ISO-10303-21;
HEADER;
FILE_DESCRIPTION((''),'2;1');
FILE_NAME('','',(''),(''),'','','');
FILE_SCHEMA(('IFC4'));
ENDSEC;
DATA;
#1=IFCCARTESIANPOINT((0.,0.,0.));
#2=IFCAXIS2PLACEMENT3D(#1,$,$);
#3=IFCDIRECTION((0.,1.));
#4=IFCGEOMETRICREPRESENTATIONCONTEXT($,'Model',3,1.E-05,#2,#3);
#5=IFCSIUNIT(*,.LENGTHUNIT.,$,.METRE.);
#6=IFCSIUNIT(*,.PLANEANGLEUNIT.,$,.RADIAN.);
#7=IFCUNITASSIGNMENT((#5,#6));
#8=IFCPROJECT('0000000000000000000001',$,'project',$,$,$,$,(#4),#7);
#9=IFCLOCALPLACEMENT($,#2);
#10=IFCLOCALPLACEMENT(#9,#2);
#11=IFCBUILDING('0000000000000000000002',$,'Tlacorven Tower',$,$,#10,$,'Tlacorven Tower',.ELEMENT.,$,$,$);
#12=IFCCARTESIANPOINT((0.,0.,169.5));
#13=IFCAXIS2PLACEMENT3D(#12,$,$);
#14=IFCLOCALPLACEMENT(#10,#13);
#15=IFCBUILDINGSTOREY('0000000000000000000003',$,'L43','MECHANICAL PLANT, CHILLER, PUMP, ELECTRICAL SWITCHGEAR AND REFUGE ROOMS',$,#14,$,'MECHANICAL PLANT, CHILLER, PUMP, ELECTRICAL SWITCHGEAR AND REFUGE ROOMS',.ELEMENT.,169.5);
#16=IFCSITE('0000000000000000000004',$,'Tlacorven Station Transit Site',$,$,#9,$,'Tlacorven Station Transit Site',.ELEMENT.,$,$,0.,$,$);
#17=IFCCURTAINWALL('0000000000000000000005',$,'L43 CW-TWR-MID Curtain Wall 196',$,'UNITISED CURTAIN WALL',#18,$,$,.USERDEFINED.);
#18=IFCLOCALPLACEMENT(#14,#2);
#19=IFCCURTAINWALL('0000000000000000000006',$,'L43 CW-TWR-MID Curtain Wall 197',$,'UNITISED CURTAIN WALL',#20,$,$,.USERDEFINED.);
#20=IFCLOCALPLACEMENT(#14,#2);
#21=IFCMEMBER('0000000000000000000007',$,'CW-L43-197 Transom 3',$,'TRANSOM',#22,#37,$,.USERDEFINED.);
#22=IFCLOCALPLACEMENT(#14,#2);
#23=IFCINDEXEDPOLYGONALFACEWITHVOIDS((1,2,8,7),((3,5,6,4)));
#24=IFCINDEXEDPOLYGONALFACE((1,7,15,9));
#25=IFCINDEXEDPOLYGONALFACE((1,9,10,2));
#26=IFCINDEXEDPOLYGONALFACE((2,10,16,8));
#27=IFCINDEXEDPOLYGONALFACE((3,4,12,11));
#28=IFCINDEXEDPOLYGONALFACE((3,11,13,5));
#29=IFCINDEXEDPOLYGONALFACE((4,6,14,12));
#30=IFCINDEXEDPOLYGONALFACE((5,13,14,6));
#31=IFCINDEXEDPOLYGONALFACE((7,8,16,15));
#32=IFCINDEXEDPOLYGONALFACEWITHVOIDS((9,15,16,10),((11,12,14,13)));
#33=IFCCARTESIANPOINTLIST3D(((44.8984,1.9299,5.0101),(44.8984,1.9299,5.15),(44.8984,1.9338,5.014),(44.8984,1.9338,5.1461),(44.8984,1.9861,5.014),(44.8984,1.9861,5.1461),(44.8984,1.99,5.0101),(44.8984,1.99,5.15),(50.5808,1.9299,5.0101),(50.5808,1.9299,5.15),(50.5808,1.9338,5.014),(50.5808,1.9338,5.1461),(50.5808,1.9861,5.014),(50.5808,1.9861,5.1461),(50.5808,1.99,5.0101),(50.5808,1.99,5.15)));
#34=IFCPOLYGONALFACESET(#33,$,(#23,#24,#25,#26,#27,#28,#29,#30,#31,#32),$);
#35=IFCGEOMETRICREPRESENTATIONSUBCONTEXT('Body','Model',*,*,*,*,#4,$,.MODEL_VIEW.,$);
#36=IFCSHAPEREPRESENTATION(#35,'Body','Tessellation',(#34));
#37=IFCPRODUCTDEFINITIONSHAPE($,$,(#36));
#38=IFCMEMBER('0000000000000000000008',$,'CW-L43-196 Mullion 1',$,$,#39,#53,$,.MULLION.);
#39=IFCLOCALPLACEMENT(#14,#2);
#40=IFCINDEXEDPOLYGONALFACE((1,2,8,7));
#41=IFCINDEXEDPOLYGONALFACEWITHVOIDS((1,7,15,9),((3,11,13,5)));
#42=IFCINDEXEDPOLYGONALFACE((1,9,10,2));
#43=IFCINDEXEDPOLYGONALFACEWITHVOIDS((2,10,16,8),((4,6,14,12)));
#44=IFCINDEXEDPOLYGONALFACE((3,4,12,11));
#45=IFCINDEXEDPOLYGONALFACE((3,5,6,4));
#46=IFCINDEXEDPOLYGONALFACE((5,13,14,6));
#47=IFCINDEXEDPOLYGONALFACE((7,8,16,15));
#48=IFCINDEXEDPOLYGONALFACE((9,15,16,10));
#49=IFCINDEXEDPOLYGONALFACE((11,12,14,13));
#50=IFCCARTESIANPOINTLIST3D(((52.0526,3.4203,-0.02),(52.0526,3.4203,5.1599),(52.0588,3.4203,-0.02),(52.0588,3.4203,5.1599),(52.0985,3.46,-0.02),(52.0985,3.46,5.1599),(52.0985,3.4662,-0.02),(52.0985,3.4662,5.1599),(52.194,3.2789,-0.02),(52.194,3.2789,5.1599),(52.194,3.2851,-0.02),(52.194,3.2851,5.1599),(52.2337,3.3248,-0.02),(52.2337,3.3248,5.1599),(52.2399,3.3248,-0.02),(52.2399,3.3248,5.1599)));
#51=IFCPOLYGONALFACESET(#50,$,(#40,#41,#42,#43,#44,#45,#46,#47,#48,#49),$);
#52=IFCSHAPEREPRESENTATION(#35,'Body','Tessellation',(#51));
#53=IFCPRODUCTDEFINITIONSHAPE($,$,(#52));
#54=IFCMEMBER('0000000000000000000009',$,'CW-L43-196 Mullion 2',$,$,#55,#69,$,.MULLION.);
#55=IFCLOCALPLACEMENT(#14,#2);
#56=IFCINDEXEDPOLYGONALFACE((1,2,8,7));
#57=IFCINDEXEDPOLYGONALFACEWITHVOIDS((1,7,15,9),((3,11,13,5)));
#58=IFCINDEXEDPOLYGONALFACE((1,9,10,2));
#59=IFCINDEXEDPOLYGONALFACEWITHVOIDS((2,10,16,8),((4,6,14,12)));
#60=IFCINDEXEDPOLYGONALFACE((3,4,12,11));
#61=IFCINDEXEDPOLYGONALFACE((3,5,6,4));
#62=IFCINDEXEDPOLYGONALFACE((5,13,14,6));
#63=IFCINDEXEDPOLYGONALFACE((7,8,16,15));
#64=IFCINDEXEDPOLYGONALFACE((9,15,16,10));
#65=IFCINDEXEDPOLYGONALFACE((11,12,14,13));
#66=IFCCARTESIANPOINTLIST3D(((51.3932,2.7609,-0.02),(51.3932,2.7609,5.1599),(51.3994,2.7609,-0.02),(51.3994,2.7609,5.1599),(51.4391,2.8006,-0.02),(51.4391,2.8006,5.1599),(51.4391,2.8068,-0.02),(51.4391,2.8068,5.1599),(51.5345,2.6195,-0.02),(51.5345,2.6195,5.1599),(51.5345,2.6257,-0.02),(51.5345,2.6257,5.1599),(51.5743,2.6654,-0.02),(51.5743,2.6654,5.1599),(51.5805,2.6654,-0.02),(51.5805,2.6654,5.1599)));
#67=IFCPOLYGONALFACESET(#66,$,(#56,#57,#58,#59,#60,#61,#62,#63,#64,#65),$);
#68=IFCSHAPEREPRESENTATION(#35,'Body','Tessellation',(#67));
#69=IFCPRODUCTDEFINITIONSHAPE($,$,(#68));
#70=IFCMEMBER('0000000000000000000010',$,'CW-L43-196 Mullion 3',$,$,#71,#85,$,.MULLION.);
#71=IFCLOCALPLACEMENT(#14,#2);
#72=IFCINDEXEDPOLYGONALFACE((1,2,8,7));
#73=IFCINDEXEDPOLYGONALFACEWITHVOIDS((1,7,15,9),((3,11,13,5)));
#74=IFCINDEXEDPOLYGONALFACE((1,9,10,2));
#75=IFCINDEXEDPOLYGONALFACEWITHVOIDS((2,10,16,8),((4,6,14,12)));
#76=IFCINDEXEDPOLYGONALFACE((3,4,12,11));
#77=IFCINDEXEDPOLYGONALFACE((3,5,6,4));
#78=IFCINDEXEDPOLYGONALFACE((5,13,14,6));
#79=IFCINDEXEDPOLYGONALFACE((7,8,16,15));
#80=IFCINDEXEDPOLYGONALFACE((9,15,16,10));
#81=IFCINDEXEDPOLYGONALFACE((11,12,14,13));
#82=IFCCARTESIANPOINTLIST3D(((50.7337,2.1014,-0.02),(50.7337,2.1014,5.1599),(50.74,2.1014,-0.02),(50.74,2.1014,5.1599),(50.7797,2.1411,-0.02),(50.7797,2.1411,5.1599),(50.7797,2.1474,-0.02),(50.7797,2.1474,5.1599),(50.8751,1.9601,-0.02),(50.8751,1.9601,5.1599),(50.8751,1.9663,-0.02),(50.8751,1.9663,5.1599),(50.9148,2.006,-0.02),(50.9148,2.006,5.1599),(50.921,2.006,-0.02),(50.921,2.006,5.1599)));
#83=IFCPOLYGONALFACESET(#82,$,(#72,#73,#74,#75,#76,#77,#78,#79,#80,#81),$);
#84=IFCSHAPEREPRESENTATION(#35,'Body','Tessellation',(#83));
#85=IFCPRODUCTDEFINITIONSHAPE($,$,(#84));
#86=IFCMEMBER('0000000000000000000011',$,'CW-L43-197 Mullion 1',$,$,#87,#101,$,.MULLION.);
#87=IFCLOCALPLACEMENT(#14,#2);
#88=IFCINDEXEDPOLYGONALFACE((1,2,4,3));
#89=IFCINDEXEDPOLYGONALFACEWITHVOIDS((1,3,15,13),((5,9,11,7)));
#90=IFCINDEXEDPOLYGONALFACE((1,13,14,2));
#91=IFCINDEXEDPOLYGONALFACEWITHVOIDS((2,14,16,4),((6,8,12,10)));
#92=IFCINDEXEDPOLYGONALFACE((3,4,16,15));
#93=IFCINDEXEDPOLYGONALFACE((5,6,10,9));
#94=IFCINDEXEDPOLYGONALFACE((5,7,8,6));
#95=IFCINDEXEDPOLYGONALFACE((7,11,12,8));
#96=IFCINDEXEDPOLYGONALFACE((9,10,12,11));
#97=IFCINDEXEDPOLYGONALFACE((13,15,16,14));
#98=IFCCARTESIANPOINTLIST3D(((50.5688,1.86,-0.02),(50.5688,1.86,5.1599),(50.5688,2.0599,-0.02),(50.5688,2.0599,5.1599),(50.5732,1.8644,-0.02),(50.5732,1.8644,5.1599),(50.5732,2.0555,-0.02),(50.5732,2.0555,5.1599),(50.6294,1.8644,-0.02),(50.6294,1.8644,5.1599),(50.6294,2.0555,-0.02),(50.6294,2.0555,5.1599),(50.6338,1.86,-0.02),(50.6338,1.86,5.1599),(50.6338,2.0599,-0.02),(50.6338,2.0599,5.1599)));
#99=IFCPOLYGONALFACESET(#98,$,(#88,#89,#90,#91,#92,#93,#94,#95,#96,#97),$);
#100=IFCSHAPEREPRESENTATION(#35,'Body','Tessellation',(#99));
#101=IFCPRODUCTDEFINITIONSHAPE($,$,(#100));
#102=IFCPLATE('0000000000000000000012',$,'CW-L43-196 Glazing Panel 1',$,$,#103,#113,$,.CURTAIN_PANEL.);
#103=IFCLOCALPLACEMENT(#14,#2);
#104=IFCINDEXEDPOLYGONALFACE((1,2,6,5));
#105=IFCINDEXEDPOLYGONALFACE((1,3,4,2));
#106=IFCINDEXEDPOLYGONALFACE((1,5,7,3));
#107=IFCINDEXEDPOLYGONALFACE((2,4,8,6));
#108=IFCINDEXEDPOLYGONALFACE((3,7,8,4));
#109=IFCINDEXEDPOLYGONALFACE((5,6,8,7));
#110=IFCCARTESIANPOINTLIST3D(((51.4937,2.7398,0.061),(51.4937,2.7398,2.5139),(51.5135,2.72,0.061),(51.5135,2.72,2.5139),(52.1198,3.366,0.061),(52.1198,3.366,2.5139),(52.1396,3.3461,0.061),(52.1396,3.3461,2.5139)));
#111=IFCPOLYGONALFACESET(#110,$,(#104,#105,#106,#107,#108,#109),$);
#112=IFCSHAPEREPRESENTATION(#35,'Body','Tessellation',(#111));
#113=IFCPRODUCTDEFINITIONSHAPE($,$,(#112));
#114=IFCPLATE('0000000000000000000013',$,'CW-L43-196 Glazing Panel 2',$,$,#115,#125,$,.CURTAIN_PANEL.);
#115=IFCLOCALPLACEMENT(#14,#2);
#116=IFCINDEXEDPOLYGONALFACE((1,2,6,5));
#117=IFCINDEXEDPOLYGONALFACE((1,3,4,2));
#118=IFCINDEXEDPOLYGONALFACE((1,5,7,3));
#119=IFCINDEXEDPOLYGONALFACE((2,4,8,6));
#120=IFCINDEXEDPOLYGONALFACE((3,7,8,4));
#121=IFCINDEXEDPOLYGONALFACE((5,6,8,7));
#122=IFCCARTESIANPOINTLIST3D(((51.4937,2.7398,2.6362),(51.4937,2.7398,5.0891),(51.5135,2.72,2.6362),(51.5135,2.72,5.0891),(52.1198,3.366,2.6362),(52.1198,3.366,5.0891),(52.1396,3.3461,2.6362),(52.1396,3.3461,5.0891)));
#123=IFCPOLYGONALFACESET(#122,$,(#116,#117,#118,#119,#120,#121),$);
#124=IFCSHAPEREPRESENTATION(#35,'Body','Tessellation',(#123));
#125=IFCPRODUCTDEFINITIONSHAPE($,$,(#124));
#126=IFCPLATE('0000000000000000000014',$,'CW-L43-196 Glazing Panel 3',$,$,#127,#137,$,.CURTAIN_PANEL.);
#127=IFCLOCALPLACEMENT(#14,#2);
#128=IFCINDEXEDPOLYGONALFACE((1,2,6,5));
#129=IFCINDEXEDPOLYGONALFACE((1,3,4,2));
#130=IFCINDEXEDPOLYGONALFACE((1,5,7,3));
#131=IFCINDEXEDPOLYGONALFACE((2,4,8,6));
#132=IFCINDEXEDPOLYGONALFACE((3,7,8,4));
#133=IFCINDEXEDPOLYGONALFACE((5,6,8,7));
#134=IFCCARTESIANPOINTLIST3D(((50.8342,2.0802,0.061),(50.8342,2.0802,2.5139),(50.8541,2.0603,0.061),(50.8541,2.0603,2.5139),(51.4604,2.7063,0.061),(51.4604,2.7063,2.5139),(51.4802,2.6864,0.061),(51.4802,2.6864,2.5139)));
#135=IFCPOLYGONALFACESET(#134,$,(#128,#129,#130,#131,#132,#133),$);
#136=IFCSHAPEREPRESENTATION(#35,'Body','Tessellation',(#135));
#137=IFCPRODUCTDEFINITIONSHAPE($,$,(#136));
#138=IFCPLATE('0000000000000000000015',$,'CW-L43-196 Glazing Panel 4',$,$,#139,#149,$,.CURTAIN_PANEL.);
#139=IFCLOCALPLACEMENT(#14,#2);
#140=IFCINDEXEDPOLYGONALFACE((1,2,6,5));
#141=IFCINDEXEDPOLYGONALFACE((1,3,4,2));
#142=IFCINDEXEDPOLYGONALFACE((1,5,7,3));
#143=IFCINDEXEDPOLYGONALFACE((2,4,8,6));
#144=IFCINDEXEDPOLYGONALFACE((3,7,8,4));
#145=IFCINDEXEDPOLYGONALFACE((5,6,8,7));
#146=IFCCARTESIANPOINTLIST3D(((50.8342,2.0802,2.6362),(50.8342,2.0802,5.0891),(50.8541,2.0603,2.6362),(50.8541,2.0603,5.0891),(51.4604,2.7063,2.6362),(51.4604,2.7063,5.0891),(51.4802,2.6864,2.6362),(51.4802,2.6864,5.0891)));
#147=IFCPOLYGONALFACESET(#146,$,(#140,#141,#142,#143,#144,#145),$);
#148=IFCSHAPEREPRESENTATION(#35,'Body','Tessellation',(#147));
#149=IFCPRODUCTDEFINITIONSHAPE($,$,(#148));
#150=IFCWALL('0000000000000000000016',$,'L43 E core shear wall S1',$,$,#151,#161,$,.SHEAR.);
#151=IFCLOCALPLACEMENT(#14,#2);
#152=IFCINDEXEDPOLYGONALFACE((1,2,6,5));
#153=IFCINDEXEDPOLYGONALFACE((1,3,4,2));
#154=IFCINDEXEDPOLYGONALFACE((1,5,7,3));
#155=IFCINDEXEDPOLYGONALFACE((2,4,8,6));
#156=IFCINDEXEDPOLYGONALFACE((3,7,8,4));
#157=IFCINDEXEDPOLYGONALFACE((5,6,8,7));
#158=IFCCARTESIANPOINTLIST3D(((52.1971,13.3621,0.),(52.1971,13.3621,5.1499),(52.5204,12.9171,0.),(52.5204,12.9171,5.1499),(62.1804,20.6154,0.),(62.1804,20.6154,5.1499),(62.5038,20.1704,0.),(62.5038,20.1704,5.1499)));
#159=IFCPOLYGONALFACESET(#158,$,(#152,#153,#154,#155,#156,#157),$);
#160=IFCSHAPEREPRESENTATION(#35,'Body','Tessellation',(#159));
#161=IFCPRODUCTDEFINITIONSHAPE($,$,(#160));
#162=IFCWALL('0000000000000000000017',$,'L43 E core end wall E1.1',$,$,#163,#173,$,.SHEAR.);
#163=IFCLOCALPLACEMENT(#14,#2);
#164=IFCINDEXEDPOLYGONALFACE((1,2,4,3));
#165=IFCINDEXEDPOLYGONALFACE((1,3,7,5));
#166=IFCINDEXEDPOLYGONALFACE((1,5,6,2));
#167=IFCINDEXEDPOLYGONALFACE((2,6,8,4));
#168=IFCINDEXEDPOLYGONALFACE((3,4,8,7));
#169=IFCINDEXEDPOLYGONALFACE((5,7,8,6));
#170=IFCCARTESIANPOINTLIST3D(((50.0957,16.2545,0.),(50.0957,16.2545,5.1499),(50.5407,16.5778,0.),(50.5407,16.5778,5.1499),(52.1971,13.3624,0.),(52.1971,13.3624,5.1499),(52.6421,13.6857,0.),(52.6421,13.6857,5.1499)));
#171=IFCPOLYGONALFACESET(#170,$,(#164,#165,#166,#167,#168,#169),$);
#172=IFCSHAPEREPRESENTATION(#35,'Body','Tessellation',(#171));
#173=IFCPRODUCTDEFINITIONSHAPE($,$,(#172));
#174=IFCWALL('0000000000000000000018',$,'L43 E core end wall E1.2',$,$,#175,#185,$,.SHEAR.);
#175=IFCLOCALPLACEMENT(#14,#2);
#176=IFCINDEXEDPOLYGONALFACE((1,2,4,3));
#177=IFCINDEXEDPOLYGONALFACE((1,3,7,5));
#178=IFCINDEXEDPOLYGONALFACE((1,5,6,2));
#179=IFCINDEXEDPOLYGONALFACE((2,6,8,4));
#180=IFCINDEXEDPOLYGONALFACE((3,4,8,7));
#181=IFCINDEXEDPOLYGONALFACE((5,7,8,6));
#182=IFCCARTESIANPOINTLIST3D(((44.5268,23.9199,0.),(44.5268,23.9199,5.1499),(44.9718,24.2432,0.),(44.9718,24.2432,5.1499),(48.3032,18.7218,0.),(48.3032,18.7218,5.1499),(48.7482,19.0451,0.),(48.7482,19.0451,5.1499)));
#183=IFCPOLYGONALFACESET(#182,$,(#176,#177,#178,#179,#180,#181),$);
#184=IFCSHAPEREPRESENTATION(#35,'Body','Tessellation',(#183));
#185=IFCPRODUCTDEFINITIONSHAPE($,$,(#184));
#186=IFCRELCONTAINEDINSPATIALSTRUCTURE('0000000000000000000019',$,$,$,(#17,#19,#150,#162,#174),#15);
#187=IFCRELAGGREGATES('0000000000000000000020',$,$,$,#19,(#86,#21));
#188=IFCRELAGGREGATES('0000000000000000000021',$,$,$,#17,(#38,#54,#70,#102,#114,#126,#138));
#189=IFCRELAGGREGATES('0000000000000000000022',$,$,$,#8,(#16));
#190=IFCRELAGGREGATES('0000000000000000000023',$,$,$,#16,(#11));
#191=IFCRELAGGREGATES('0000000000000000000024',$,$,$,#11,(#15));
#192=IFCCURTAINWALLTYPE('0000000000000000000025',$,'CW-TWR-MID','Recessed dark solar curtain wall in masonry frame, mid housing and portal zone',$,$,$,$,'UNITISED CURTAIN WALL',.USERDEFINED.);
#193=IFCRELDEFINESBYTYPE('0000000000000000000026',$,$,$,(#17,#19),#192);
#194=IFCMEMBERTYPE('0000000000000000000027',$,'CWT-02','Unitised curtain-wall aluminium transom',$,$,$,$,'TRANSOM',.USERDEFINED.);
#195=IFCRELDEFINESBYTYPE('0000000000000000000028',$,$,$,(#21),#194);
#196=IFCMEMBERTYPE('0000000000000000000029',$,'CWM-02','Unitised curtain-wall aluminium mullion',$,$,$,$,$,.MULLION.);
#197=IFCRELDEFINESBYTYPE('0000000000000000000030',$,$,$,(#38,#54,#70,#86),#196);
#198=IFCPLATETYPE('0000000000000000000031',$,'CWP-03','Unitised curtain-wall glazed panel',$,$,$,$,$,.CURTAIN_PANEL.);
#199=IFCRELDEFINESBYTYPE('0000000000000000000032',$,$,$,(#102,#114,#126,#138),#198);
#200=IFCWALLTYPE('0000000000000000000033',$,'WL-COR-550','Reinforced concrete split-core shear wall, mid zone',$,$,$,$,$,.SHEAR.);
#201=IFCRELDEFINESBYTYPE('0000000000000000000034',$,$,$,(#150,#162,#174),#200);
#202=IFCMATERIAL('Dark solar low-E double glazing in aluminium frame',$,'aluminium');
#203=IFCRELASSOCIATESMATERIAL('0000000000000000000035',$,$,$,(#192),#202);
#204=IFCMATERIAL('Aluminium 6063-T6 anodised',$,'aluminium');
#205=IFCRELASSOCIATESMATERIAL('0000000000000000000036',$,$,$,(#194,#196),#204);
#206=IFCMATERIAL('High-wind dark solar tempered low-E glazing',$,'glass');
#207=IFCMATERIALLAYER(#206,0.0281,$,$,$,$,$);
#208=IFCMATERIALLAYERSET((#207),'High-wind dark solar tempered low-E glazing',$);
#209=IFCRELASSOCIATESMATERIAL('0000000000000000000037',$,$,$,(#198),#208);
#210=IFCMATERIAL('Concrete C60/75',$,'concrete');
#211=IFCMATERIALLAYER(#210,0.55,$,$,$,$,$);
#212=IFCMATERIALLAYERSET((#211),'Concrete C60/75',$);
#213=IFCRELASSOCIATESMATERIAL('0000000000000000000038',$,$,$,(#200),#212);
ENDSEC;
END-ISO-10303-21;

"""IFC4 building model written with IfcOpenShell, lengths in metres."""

from ifc_helpers import new_model, si_unit, direction, frame, frame_2d, origin, origin_2d, place, context, subcontext, project, spatial, rectangle, hollow_rectangle, extrude, source, transform, mapped, material, layer, layer_set, material_profile, profile_set, type_object, element, aggregate, save


model = new_model("IFC4")

# Units and contexts
model_context = context("Model", 3, precision=1e-05, world=origin(), true_north=direction((0.0, 1.0)))
body_context = subcontext(model_context, "Body", "Model", "MODEL_VIEW")
ifc_project = project(units=[si_unit("LENGTHUNIT", "METRE"), si_unit("PLANEANGLEUNIT", "RADIAN")], contexts=[model_context])

# Site, building, storey
site_placement = place(None, origin())
site = spatial("IfcSite", under=ifc_project, at=site_placement, Name="Tlacorven Station Transit Site", LongName="Tlacorven Station Transit Site", CompositionType="ELEMENT", RefElevation=0.0)
building_placement = place(site_placement, origin())
building = spatial("IfcBuilding", under=site, at=building_placement, Name="Tlacorven Tower", LongName="Tlacorven Tower", CompositionType="ELEMENT")
storey_placement = place(building_placement, frame((0.0, 0.0, 169.5)))
storey = spatial("IfcBuildingStorey", under=building, at=storey_placement, Name="L43", Description="MECHANICAL PLANT, CHILLER, PUMP, ELECTRICAL SWITCHGEAR AND REFUGE ROOMS", LongName="MECHANICAL PLANT, CHILLER, PUMP, ELECTRICAL SWITCHGEAR AND REFUGE ROOMS", CompositionType="ELEMENT", Elevation=169.5)

# Shared definitions
ifc_material_1 = material(Name="Concrete C60/75", Category="concrete")

# Curtain walls, member
ifc_material_2 = material(Name="Dark solar low-E double glazing in aluminium frame", Category="aluminium")
curtain_wall_type = type_object("IfcCurtainWallType", Name="CW-TWR-MID", Description="Recessed dark solar curtain wall in masonry frame, mid housing and portal zone", ElementType="UNITISED CURTAIN WALL", PredefinedType="USERDEFINED", material=ifc_material_2)
curtain_wall_1_placement = place(storey_placement, origin())
curtain_wall_1 = element("IfcCurtainWall", 1, at=curtain_wall_1_placement, inside=storey, type_object=curtain_wall_type, Name="L43 CW-TWR-MID Curtain Wall 196", ObjectType="UNITISED CURTAIN WALL", PredefinedType="USERDEFINED")
ifc_material_3 = material(Name="Aluminium 6063-T6 anodised", Category="aluminium")
ifc_material_profile_1 = material_profile(ifc_material_3, hollow_rectangle(XDim=0.0601, YDim=0.1399, WallThickness=0.0039, at=origin_2d()), Name="ALU TRANSOM 60X140")
ifc_profile_set_1 = profile_set([ifc_material_profile_1], Name="Aluminium 6063-T6 anodised")
member_type_1 = type_object("IfcMemberType", Name="CWT-02", Description="Unitised curtain-wall aluminium transom", ElementType="TRANSOM", PredefinedType="USERDEFINED", material=ifc_profile_set_1)
curtain_wall_2_placement = place(storey_placement, origin())
curtain_wall_2 = element("IfcCurtainWall", 2, at=curtain_wall_2_placement, inside=storey, type_object=curtain_wall_type, Name="L43 CW-TWR-MID Curtain Wall 197", ObjectType="UNITISED CURTAIN WALL", PredefinedType="USERDEFINED")
shared_shape_1 = source(origin(), body_context, "Body", "SweptSolid", [
    extrude(hollow_rectangle(XDim=0.0601, YDim=0.1399, WallThickness=0.0039, at=origin_2d()), origin(), (0.0, 0.0, 1.0), 5.6824),
])
member_1_placement = place(storey_placement, frame((50.5808, 1.96, 5.0801), z_axis=(-1.0, 0.0, 0.0), x_axis=(0.0, -1.0, 0.0)))
member_1 = element("IfcMember", 3, at=member_1_placement, type_object=member_type_1, Name="CW-L43-197 Transom 3", ObjectType="TRANSOM", PredefinedType="USERDEFINED", context=body_context, shape_type="MappedRepresentation", body=[
    mapped(shared_shape_1, transform((0.0, 0.0, 0.0), scale=1.0)),
])

# Members
ifc_material_profile_2 = material_profile(ifc_material_3, hollow_rectangle(XDim=0.0649, YDim=0.2, WallThickness=0.0044, at=origin_2d()), Name="ALU MULLION 65X200")
ifc_profile_set_2 = profile_set([ifc_material_profile_2], Name="Aluminium 6063-T6 anodised")
member_type_2 = type_object("IfcMemberType", Name="CWM-02", Description="Unitised curtain-wall aluminium mullion", PredefinedType="MULLION", material=ifc_profile_set_2)
shared_shape_2 = source(origin(), body_context, "Body", "SweptSolid", [
    extrude(hollow_rectangle(XDim=0.0649, YDim=0.2, WallThickness=0.0044, at=origin_2d()), origin(), (0.0, 0.0, 1.0), 5.1799),
])
member_2_placement = place(storey_placement, frame((52.1462, 3.3726, -0.02), z_axis=(0.0, 0.0, 1.0), x_axis=(-0.707107, -0.707107, 0.0)))
member_2 = element("IfcMember", 4, at=member_2_placement, type_object=member_type_2, Name="CW-L43-196 Mullion 1", PredefinedType="MULLION", context=body_context, shape_type="MappedRepresentation", body=[
    mapped(shared_shape_2, transform((0.0, 0.0, 0.0), scale=1.0)),
])
member_3_placement = place(storey_placement, frame((51.4868, 2.7131, -0.02), z_axis=(0.0, 0.0, 1.0), x_axis=(-0.707107, -0.707107, 0.0)))
member_3 = element("IfcMember", 5, at=member_3_placement, type_object=member_type_2, Name="CW-L43-196 Mullion 2", PredefinedType="MULLION", context=body_context, shape_type="MappedRepresentation", body=[
    mapped(shared_shape_2, transform((0.0, 0.0, 0.0), scale=1.0)),
])
member_4_placement = place(storey_placement, frame((50.8274, 2.0537, -0.02), z_axis=(0.0, 0.0, 1.0), x_axis=(-0.707107, -0.707107, 0.0)))
member_4 = element("IfcMember", 6, at=member_4_placement, type_object=member_type_2, Name="CW-L43-196 Mullion 3", PredefinedType="MULLION", context=body_context, shape_type="MappedRepresentation", body=[
    mapped(shared_shape_2, transform((0.0, 0.0, 0.0), scale=1.0)),
])
member_5_placement = place(storey_placement, frame((50.6013, 1.96, -0.02), z_axis=(0.0, 0.0, 1.0), x_axis=(-1.0, 0.0, 0.0)))
member_5 = element("IfcMember", 7, at=member_5_placement, type_object=member_type_2, Name="CW-L43-197 Mullion 1", PredefinedType="MULLION", context=body_context, shape_type="MappedRepresentation", body=[
    mapped(shared_shape_2, transform((0.0, 0.0, 0.0), scale=1.0)),
])
aggregate(curtain_wall_2, [member_5, member_1])

# Plates
ifc_material_4 = material(Name="High-wind dark solar tempered low-E glazing", Category="glass")
ifc_layer_1 = layer(ifc_material_4, 0.0281)
ifc_layer_set_1 = layer_set([ifc_layer_1], Name="High-wind dark solar tempered low-E glazing")
plate_type = type_object("IfcPlateType", Name="CWP-03", Description="Unitised curtain-wall glazed panel", PredefinedType="CURTAIN_PANEL", material=ifc_layer_set_1)
shared_shape_3 = source(origin(), body_context, "Body", "SweptSolid", [
    extrude(rectangle(XDim=0.8855, YDim=0.0281, at=origin_2d()), origin(), (0.0, 0.0, 1.0), 2.4529),
])
plate_1_placement = place(storey_placement, frame((51.8167, 3.043, 0.061), z_axis=(0.0, 0.0, 1.0), x_axis=(-0.707107, -0.707107, 0.0)))
plate_1 = element("IfcPlate", 8, at=plate_1_placement, type_object=plate_type, Name="CW-L43-196 Glazing Panel 1", PredefinedType="CURTAIN_PANEL", context=body_context, shape_type="MappedRepresentation", body=[
    mapped(shared_shape_3, transform((0.0, 0.0, 0.0), scale=1.0)),
])
plate_2_placement = place(storey_placement, frame((51.8167, 3.043, 2.6362), z_axis=(0.0, 0.0, 1.0), x_axis=(-0.707107, -0.707107, 0.0)))
plate_2 = element("IfcPlate", 9, at=plate_2_placement, type_object=plate_type, Name="CW-L43-196 Glazing Panel 2", PredefinedType="CURTAIN_PANEL", context=body_context, shape_type="MappedRepresentation", body=[
    mapped(shared_shape_3, transform((0.0, 0.0, 0.0), scale=1.0)),
])
plate_3_placement = place(storey_placement, frame((51.1572, 2.3833, 0.061), z_axis=(0.0, 0.0, 1.0), x_axis=(-0.707107, -0.707107, 0.0)))
plate_3 = element("IfcPlate", 10, at=plate_3_placement, type_object=plate_type, Name="CW-L43-196 Glazing Panel 3", PredefinedType="CURTAIN_PANEL", context=body_context, shape_type="MappedRepresentation", body=[
    mapped(shared_shape_3, transform((0.0, 0.0, 0.0), scale=1.0)),
])
plate_4_placement = place(storey_placement, frame((51.1572, 2.3833, 2.6362), z_axis=(0.0, 0.0, 1.0), x_axis=(-0.707107, -0.707107, 0.0)))
plate_4 = element("IfcPlate", 11, at=plate_4_placement, type_object=plate_type, Name="CW-L43-196 Glazing Panel 4", PredefinedType="CURTAIN_PANEL", context=body_context, shape_type="MappedRepresentation", body=[
    mapped(shared_shape_3, transform((0.0, 0.0, 0.0), scale=1.0)),
])
aggregate(curtain_wall_1, [member_2, member_3, member_4, plate_1, plate_2, plate_3, plate_4])

# Walls
ifc_layer_2 = layer(ifc_material_1, 0.55)
ifc_layer_set_2 = layer_set([ifc_layer_2], Name="Concrete C60/75")
wall_type_1 = type_object("IfcWallType", Name="WL-COR-550", Description="Reinforced concrete split-core shear wall, mid zone", PredefinedType="SHEAR", material=ifc_layer_set_2)
wall_1_placement = place(storey_placement, frame((52.3589, 13.1396, 0.0), z_axis=(0.0, 0.0, 1.0), x_axis=(0.809015, 0.587788, 0.0)))
element("IfcWall", 12, at=wall_1_placement, inside=storey, type_object=wall_type_1, Name="L43 E core shear wall S1", PredefinedType="SHEAR", context=body_context, shape_type="SweptSolid", body=[
    extrude(rectangle(XDim=12.3401, YDim=0.55, at=frame_2d((6.1699, 0.0))), origin(), (0.0, 0.0, 1.0), 5.1499),
])
wall_2_placement = place(storey_placement, frame((52.4197, 13.5239, 0.0), z_axis=(0.0, 0.0, 1.0), x_axis=(-0.587802, 0.809005, 0.0)))
element("IfcWall", 13, at=wall_2_placement, inside=storey, type_object=wall_type_1, Name="L43 E core end wall E1.1", PredefinedType="SHEAR", context=body_context, shape_type="SweptSolid", body=[
    extrude(rectangle(XDim=3.575, YDim=0.55, at=frame_2d((1.7876, 0.0))), origin(), (0.0, 0.0, 1.0), 5.1499),
])
wall_3_placement = place(storey_placement, frame((48.5256, 18.8835, 0.0), z_axis=(0.0, 0.0, 1.0), x_axis=(-0.587765, 0.809032, 0.0)))
element("IfcWall", 14, at=wall_3_placement, inside=storey, type_object=wall_type_1, Name="L43 E core end wall E1.2", PredefinedType="SHEAR", context=body_context, shape_type="SweptSolid", body=[
    extrude(rectangle(XDim=6.425, YDim=0.55, at=frame_2d((3.2124, 0.0))), origin(), (0.0, 0.0, 1.0), 5.1499),
])

save(model, "model.ifc")
